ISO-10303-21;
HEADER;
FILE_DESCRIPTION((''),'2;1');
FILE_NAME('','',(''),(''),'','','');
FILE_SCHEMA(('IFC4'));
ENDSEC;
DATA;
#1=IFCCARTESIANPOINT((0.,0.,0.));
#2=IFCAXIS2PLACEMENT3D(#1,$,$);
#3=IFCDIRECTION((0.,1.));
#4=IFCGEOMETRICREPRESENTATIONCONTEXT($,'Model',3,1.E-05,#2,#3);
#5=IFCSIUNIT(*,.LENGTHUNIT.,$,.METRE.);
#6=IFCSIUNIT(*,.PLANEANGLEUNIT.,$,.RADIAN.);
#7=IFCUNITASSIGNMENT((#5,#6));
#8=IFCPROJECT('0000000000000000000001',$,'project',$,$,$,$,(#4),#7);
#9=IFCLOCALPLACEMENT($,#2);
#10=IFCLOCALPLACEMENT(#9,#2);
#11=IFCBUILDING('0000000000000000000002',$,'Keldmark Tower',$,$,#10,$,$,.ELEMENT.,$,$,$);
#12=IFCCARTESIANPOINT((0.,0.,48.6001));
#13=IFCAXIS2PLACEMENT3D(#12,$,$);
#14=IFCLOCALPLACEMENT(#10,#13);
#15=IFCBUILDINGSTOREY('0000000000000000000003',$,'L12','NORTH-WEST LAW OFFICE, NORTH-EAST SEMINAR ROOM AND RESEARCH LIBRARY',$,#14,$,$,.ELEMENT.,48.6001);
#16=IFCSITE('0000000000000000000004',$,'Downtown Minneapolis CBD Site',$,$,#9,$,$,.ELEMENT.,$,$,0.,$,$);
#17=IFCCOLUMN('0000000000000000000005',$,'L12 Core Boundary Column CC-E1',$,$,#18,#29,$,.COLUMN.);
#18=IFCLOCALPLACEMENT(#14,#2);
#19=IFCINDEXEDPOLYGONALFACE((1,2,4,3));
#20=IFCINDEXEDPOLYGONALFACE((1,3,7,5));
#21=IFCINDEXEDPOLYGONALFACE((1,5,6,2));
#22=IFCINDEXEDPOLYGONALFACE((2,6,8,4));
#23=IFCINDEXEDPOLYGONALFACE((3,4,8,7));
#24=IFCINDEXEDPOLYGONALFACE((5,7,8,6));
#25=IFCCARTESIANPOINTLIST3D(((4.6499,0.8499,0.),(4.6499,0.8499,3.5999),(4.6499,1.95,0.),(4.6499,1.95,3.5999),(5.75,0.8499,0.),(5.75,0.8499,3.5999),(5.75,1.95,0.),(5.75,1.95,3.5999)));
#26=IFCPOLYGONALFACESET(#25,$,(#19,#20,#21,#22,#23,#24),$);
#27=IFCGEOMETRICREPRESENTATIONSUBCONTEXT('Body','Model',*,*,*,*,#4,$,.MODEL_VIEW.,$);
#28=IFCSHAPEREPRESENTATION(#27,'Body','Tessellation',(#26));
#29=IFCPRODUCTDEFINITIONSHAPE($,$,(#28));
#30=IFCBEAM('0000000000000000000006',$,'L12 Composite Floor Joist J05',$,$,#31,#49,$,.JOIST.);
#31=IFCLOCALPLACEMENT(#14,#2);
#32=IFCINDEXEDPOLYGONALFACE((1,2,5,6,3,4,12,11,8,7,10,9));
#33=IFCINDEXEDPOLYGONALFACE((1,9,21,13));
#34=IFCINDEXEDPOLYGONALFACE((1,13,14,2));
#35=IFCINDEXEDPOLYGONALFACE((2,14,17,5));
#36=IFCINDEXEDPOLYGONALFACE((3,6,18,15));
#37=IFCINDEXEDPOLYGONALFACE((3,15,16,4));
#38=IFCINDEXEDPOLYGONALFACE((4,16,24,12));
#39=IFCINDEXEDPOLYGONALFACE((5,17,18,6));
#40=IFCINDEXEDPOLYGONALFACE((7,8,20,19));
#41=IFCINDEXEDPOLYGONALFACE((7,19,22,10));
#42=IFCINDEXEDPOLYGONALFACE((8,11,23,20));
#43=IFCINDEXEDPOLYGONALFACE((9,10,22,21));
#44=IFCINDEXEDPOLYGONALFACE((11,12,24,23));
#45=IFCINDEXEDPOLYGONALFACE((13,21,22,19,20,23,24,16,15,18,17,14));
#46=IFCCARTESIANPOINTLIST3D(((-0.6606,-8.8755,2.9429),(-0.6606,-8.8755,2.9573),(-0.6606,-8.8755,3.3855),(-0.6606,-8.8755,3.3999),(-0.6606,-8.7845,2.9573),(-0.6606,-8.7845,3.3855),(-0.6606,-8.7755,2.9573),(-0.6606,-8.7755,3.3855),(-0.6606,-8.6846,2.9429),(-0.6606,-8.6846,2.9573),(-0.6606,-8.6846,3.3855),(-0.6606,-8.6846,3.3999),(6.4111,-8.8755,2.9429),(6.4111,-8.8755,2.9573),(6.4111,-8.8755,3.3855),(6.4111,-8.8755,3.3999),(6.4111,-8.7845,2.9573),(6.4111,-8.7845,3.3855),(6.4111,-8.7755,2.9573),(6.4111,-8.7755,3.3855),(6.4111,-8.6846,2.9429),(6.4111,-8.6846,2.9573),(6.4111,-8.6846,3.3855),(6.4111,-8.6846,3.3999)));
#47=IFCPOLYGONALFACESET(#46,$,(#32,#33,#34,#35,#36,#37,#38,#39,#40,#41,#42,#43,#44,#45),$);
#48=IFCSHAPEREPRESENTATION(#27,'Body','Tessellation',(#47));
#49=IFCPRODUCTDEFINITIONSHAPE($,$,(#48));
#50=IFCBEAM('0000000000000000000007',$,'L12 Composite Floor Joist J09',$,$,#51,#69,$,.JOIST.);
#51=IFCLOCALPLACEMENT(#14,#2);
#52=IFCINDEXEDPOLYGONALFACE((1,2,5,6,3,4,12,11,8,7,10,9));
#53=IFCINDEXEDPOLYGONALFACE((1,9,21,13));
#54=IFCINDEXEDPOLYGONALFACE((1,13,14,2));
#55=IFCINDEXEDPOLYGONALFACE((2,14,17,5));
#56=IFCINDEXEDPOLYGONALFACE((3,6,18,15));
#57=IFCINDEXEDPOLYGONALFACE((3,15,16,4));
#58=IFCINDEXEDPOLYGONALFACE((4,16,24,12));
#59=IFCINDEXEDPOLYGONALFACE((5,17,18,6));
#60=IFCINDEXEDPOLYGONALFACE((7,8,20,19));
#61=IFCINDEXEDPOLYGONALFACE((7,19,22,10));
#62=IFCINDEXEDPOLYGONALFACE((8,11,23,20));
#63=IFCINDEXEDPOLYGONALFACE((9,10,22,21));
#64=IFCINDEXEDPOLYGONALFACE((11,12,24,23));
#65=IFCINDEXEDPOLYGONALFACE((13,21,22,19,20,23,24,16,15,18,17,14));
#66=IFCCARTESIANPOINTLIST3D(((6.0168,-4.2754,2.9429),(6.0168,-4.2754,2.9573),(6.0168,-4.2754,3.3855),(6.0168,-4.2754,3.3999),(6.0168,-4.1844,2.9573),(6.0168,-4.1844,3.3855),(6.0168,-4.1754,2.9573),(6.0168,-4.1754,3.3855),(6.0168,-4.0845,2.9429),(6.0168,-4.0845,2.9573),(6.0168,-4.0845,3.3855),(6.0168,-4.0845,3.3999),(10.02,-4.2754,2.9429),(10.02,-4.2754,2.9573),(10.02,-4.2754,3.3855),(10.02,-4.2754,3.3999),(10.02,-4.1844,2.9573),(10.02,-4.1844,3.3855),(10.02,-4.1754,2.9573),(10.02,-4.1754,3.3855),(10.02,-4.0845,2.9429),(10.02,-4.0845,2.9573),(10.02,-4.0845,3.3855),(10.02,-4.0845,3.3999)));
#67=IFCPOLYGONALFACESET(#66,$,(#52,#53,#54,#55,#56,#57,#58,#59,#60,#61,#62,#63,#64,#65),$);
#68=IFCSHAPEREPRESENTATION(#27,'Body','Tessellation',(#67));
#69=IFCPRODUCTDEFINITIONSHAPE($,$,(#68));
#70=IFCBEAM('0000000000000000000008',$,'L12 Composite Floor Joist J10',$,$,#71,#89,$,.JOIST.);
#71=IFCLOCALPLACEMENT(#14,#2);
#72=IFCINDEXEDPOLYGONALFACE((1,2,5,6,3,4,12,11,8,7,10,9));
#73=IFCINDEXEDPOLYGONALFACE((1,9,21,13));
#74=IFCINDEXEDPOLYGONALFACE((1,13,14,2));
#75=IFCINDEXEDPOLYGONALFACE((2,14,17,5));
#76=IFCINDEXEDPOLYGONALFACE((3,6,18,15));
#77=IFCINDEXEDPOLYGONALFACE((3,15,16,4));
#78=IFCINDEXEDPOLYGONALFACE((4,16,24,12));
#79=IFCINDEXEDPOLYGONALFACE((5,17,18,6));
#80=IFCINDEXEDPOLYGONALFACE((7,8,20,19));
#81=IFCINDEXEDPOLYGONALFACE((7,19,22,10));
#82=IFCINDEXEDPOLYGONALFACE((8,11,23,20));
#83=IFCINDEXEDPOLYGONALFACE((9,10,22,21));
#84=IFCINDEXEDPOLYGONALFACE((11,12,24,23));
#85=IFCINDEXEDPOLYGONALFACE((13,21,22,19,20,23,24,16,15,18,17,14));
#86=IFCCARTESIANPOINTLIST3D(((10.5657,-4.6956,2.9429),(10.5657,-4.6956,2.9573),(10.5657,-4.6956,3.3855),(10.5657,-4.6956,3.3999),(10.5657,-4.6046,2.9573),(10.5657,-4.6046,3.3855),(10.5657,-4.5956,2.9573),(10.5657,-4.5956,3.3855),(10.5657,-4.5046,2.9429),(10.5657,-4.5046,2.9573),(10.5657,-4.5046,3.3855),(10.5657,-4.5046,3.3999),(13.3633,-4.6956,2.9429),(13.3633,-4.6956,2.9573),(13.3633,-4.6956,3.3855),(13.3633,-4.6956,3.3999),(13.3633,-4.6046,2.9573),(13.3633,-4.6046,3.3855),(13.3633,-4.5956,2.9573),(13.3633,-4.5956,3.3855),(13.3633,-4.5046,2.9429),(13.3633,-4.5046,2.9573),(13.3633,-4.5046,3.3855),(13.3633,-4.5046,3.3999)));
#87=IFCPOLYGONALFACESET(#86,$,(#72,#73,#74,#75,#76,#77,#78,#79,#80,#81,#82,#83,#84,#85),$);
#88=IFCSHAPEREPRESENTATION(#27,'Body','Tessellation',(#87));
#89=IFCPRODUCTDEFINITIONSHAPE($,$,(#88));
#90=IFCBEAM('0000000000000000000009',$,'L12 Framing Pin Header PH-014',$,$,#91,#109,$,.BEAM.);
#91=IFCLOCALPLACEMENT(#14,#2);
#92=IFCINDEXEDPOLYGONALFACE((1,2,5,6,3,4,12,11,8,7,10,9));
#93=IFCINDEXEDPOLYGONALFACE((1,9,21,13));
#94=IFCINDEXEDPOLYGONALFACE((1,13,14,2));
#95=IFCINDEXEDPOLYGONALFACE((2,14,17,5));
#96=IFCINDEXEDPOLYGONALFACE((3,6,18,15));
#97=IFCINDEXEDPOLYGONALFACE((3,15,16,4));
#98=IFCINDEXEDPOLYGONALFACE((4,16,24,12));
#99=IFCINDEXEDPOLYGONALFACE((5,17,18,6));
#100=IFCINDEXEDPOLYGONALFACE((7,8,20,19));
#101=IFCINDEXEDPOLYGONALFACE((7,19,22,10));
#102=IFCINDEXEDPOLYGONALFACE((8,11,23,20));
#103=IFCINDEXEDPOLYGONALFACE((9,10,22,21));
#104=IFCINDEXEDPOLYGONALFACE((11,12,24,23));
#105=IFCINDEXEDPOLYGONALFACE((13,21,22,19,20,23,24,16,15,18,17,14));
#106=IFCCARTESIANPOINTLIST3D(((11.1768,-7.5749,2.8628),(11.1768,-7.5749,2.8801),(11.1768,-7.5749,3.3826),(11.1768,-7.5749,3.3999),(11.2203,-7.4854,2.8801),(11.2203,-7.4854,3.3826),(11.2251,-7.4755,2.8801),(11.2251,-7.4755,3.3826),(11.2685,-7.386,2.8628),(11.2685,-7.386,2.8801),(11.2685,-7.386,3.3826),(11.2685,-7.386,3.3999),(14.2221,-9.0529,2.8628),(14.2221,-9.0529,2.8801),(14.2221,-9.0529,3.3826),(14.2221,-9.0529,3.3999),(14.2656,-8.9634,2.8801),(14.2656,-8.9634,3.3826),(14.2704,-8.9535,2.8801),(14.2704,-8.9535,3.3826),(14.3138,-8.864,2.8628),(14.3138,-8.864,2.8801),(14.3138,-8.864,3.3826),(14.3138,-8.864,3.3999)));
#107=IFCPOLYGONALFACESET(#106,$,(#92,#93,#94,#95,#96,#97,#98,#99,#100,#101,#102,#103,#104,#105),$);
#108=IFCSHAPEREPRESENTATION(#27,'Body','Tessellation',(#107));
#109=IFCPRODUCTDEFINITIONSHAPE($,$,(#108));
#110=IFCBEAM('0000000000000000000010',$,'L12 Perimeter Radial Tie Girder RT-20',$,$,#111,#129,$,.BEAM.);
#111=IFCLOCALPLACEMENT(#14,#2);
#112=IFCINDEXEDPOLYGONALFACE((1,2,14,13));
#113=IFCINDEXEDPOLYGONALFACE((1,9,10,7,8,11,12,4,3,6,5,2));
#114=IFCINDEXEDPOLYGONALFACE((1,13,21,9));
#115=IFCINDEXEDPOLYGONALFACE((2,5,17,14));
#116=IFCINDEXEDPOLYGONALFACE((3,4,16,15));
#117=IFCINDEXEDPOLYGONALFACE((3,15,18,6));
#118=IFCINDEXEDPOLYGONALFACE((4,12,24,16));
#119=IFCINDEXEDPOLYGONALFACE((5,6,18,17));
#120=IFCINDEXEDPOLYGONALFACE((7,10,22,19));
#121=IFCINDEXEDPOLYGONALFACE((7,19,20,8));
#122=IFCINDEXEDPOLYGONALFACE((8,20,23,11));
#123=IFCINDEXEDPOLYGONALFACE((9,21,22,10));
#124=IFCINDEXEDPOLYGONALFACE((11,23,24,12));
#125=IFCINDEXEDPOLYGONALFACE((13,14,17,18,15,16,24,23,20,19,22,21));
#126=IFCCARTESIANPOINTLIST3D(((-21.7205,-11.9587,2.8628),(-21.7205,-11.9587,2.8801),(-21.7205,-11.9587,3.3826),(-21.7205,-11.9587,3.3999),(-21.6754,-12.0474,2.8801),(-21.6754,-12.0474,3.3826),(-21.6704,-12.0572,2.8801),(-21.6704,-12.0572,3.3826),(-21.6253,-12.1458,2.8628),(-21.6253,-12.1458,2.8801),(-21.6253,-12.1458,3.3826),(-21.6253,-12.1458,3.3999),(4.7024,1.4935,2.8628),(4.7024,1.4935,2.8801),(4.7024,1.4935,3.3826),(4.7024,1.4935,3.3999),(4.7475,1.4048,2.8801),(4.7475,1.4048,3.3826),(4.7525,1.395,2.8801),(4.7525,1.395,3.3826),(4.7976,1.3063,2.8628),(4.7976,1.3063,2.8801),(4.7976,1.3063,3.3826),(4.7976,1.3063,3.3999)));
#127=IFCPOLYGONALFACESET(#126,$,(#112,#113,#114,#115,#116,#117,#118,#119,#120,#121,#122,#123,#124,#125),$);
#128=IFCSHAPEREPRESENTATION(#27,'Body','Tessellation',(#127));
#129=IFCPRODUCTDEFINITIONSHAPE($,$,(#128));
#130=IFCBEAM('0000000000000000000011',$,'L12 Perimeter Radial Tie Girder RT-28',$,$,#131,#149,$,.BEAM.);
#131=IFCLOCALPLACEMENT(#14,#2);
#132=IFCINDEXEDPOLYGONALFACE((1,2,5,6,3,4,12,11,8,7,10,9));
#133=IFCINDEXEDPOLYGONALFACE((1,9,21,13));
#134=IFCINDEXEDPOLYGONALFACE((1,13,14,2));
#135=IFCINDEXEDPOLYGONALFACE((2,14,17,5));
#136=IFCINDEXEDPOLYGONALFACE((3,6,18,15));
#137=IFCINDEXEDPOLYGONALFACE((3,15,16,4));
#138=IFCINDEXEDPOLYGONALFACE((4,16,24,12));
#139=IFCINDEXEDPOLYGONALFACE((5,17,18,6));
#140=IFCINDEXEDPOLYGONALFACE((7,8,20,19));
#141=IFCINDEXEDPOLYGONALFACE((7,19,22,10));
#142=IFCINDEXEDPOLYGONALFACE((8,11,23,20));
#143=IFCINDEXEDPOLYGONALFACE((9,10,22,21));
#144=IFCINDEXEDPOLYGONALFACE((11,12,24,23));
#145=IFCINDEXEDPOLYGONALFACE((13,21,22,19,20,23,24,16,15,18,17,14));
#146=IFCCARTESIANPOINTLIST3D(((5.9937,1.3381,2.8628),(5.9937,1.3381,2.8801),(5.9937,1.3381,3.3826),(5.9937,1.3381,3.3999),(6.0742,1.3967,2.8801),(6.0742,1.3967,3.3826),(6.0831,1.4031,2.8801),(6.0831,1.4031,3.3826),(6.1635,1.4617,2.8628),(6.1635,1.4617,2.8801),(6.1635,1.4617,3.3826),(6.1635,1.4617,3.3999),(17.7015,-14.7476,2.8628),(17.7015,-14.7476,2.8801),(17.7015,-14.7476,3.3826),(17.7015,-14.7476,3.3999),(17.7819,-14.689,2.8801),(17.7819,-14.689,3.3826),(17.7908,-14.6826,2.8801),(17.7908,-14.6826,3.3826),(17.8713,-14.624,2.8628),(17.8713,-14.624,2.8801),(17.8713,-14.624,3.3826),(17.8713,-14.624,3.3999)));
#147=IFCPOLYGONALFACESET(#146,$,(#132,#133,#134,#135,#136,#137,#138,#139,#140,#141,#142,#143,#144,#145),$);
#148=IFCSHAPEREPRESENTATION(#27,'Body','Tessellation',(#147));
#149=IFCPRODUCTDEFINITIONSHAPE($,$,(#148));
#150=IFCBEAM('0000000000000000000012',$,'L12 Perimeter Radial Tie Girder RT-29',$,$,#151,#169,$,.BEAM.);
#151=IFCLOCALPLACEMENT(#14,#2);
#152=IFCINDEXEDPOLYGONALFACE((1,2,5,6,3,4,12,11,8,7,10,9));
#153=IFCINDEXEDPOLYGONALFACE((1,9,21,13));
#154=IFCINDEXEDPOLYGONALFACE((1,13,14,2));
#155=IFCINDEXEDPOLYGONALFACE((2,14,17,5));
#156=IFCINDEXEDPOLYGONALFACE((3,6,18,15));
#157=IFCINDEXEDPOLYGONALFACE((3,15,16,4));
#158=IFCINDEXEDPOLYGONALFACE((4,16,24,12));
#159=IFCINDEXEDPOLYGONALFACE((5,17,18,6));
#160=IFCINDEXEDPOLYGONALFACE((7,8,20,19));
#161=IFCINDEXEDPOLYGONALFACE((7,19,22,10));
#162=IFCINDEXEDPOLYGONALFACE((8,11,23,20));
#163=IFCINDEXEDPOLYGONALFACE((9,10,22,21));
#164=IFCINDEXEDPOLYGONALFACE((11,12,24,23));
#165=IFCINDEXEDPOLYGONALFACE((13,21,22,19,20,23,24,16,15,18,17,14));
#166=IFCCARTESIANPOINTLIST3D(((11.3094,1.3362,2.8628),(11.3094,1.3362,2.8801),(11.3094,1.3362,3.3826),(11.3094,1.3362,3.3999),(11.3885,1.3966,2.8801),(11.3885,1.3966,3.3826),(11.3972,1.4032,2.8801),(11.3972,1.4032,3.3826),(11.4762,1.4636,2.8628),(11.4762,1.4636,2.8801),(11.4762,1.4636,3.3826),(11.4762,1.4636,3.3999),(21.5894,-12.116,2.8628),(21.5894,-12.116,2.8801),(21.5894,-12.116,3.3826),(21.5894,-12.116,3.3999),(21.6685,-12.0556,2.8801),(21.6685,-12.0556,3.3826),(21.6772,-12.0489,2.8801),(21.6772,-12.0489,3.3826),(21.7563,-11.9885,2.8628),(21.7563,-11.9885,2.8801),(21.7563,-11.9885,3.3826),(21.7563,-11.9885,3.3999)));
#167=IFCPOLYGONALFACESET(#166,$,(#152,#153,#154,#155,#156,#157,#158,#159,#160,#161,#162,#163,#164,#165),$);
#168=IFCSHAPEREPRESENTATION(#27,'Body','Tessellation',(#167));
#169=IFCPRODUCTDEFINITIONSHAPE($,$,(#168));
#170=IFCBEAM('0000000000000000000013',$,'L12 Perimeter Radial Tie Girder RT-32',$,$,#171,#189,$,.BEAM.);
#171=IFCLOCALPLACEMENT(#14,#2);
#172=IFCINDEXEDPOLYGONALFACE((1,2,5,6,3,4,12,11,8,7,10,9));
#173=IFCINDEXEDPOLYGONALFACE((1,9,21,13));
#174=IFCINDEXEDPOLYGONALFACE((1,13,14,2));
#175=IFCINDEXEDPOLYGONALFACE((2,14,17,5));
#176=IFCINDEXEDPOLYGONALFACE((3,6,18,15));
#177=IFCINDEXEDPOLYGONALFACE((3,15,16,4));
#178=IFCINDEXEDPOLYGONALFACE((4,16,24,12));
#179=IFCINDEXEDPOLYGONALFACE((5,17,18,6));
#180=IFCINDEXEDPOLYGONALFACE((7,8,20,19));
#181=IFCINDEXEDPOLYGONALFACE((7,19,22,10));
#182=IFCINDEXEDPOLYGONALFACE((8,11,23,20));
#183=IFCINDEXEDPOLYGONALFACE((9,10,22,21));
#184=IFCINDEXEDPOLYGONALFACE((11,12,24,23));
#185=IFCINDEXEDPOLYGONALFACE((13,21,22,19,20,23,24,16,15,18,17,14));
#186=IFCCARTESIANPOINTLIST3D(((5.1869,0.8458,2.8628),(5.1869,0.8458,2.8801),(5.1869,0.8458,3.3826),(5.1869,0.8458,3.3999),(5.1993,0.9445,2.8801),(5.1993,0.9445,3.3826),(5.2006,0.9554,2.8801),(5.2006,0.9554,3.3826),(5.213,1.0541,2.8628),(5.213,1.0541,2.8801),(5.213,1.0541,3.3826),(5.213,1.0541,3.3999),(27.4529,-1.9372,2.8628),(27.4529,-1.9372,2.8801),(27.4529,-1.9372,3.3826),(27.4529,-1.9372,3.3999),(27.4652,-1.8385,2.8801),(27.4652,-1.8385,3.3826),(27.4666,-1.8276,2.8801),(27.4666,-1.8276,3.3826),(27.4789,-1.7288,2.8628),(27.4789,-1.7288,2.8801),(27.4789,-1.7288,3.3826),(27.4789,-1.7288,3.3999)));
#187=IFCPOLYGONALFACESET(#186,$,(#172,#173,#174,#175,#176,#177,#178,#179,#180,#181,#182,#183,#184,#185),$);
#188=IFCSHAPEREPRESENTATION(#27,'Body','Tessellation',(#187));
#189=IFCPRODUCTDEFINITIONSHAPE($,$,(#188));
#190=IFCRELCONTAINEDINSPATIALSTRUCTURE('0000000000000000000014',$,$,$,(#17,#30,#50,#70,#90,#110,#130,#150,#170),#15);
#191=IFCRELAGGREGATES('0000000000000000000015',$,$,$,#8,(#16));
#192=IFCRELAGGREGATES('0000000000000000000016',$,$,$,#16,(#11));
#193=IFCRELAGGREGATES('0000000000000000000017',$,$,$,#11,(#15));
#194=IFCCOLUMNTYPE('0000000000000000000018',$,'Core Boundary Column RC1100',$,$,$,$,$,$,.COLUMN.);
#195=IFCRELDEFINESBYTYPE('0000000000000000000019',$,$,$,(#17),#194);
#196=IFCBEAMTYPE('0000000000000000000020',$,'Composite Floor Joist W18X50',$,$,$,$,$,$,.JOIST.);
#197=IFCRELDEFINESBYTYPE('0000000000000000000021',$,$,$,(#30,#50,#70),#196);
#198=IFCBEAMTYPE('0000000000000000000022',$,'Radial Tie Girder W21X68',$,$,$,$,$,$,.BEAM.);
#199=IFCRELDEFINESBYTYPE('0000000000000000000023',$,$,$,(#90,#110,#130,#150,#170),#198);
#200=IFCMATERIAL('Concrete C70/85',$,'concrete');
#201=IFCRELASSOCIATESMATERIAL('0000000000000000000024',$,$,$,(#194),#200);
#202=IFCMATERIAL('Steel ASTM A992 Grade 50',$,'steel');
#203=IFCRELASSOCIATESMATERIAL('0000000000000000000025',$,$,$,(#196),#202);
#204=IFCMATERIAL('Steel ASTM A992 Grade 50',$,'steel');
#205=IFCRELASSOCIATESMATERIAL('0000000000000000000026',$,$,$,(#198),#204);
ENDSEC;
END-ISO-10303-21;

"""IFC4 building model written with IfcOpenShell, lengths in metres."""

from ifc_helpers import new_model, si_unit, direction, frame, origin, origin_2d, place, context, subcontext, project, spatial, rectangle, i_section, extrude, material, material_profile, profile_set, type_object, element, save


model = new_model("IFC4")

# Units and contexts
model_context = context("Model", 3, precision=1e-05, world=origin(), true_north=direction((0.0, 1.0)))
body_context = subcontext(model_context, "Body", "Model", "MODEL_VIEW")
ifc_project = project(units=[si_unit("LENGTHUNIT", "METRE"), si_unit("PLANEANGLEUNIT", "RADIAN")], contexts=[model_context])

# Site, building, storey
site_placement = place(None, origin())
site = spatial("IfcSite", under=ifc_project, at=site_placement, Name="Downtown Minneapolis CBD Site", CompositionType="ELEMENT", RefElevation=0.0)
building_placement = place(site_placement, origin())
building = spatial("IfcBuilding", under=site, at=building_placement, Name="Keldmark Tower", CompositionType="ELEMENT")
storey_placement = place(building_placement, frame((0.0, 0.0, 48.6001)))
storey = spatial("IfcBuildingStorey", under=building, at=storey_placement, Name="L12", Description="NORTH-WEST LAW OFFICE, NORTH-EAST SEMINAR ROOM AND RESEARCH LIBRARY", CompositionType="ELEMENT", Elevation=48.6001)

# Column
ifc_material_1 = material(Name="Concrete C70/85", Category="concrete")
ifc_material_profile_1 = material_profile(ifc_material_1, rectangle(XDim=1.1001, YDim=1.1001, at=origin_2d()), Name="RC1100X1100")
ifc_profile_set_1 = profile_set([ifc_material_profile_1], Name="Concrete C70/85")
column_type = type_object("IfcColumnType", Name="Core Boundary Column RC1100", PredefinedType="COLUMN", material=ifc_profile_set_1)
column_placement = place(storey_placement, frame((5.2, 1.3999, 0.0), z_axis=(0.0, 0.0, 1.0), x_axis=(1.0, 0.0, 0.0)))
element("IfcColumn", 1, at=column_placement, inside=storey, type_object=column_type, Name="L12 Core Boundary Column CC-E1", PredefinedType="COLUMN", context=body_context, shape_type="SweptSolid", body=[
    extrude(rectangle(XDim=1.1001, YDim=1.1001, at=origin_2d()), origin(), (0.0, 0.0, 1.0), 3.5999),
])

# Beams
ifc_material_2 = material(Name="Steel ASTM A992 Grade 50", Category="steel")
ifc_material_profile_2 = material_profile(ifc_material_2, i_section(OverallWidth=0.1909, OverallDepth=0.457, WebThickness=0.009, FlangeThickness=0.0144, at=origin_2d()), Name="W18X50")
ifc_profile_set_2 = profile_set([ifc_material_profile_2], Name="Steel ASTM A992 Grade 50")
beam_type_1 = type_object("IfcBeamType", Name="Composite Floor Joist W18X50", PredefinedType="JOIST", material=ifc_profile_set_2)
beam_1_placement = place(storey_placement, frame((-0.6606, -8.78, 3.1714), z_axis=(1.0, 0.0, 0.0), x_axis=(0.0, 1.0, 0.0)))
element("IfcBeam", 2, at=beam_1_placement, inside=storey, type_object=beam_type_1, Name="L12 Composite Floor Joist J05", PredefinedType="JOIST", context=body_context, shape_type="SweptSolid", body=[
    extrude(i_section(OverallWidth=0.1909, OverallDepth=0.457, WebThickness=0.009, FlangeThickness=0.0144, at=origin_2d()), origin(), (0.0, 0.0, 1.0), 7.0718),
])
beam_2_placement = place(storey_placement, frame((6.0168, -4.1799, 3.1714), z_axis=(1.0, 0.0, 0.0), x_axis=(0.0, 1.0, 0.0)))
element("IfcBeam", 3, at=beam_2_placement, inside=storey, type_object=beam_type_1, Name="L12 Composite Floor Joist J09", PredefinedType="JOIST", context=body_context, shape_type="SweptSolid", body=[
    extrude(i_section(OverallWidth=0.1909, OverallDepth=0.457, WebThickness=0.009, FlangeThickness=0.0144, at=origin_2d()), origin(), (0.0, 0.0, 1.0), 4.0032),
])
beam_3_placement = place(storey_placement, frame((10.5657, -4.6001, 3.1714), z_axis=(1.0, 0.0, 0.0), x_axis=(0.0, 1.0, 0.0)))
element("IfcBeam", 4, at=beam_3_placement, inside=storey, type_object=beam_type_1, Name="L12 Composite Floor Joist J10", PredefinedType="JOIST", context=body_context, shape_type="SweptSolid", body=[
    extrude(i_section(OverallWidth=0.1909, OverallDepth=0.457, WebThickness=0.009, FlangeThickness=0.0144, at=origin_2d()), origin(), (0.0, 0.0, 1.0), 2.7976),
])
ifc_material_3 = material(Name="Steel ASTM A992 Grade 50", Category="steel")
ifc_material_profile_3 = material_profile(ifc_material_3, i_section(OverallWidth=0.21, OverallDepth=0.5371, WebThickness=0.011, FlangeThickness=0.0173, at=origin_2d()), Name="W21X68")
ifc_profile_set_3 = profile_set([ifc_material_profile_3], Name="Steel ASTM A992 Grade 50")
beam_type_2 = type_object("IfcBeamType", Name="Radial Tie Girder W21X68", PredefinedType="BEAM", material=ifc_profile_set_3)
beam_4_placement = place(storey_placement, frame((11.2227, -7.4805, 3.1313), z_axis=(0.899644, -0.436624, 0.0), x_axis=(0.436624, 0.899644, 0.0)))
element("IfcBeam", 5, at=beam_4_placement, inside=storey, type_object=beam_type_2, Name="L12 Framing Pin Header PH-014", PredefinedType="BEAM", context=body_context, shape_type="SweptSolid", body=[
    extrude(i_section(OverallWidth=0.21, OverallDepth=0.5371, WebThickness=0.011, FlangeThickness=0.0173, at=origin_2d()), origin(), (0.0, 0.0, 1.0), 3.385),
])
beam_5_placement = place(storey_placement, frame((4.75, 1.3999, 3.1313), z_axis=(-0.891156, -0.453697, 0.0), x_axis=(0.453697, -0.891156, 0.0)))
element("IfcBeam", 6, at=beam_5_placement, inside=storey, type_object=beam_type_2, Name="L12 Perimeter Radial Tie Girder RT-20", PredefinedType="BEAM", context=body_context, shape_type="SweptSolid", body=[
    extrude(i_section(OverallWidth=0.21, OverallDepth=0.5371, WebThickness=0.011, FlangeThickness=0.0173, at=origin_2d()), origin(), (0.0, 0.0, 1.0), 29.6501),
])
beam_6_placement = place(storey_placement, frame((6.0786, 1.3999, 3.1313), z_axis=(0.58847, -0.808519, 0.0), x_axis=(0.808519, 0.58847, 0.0)))
element("IfcBeam", 7, at=beam_6_placement, inside=storey, type_object=beam_type_2, Name="L12 Perimeter Radial Tie Girder RT-28", PredefinedType="BEAM", context=body_context, shape_type="SweptSolid", body=[
    extrude(i_section(OverallWidth=0.21, OverallDepth=0.5371, WebThickness=0.011, FlangeThickness=0.0173, at=origin_2d()), origin(), (0.0, 0.0, 1.0), 19.8953),
])
beam_7_placement = place(storey_placement, frame((11.3928, 1.3999, 3.1313), z_axis=(0.607193, -0.794555, 0.0), x_axis=(0.794555, 0.607193, 0.0)))
element("IfcBeam", 8, at=beam_7_placement, inside=storey, type_object=beam_type_2, Name="L12 Perimeter Radial Tie Girder RT-29", PredefinedType="BEAM", context=body_context, shape_type="SweptSolid", body=[
    extrude(i_section(OverallWidth=0.21, OverallDepth=0.5371, WebThickness=0.011, FlangeThickness=0.0173, at=origin_2d()), origin(), (0.0, 0.0, 1.0), 16.9304),
])
beam_8_placement = place(storey_placement, frame((5.2, 0.95, 3.1313), z_axis=(0.992279, -0.124023, 0.0), x_axis=(0.124023, 0.992279, 0.0)))
element("IfcBeam", 9, at=beam_8_placement, inside=storey, type_object=beam_type_2, Name="L12 Perimeter Radial Tie Girder RT-32", PredefinedType="BEAM", context=body_context, shape_type="SweptSolid", body=[
    extrude(i_section(OverallWidth=0.21, OverallDepth=0.5371, WebThickness=0.011, FlangeThickness=0.0173, at=origin_2d()), origin(), (0.0, 0.0, 1.0), 22.4392),
])

save(model, "model.ifc")
